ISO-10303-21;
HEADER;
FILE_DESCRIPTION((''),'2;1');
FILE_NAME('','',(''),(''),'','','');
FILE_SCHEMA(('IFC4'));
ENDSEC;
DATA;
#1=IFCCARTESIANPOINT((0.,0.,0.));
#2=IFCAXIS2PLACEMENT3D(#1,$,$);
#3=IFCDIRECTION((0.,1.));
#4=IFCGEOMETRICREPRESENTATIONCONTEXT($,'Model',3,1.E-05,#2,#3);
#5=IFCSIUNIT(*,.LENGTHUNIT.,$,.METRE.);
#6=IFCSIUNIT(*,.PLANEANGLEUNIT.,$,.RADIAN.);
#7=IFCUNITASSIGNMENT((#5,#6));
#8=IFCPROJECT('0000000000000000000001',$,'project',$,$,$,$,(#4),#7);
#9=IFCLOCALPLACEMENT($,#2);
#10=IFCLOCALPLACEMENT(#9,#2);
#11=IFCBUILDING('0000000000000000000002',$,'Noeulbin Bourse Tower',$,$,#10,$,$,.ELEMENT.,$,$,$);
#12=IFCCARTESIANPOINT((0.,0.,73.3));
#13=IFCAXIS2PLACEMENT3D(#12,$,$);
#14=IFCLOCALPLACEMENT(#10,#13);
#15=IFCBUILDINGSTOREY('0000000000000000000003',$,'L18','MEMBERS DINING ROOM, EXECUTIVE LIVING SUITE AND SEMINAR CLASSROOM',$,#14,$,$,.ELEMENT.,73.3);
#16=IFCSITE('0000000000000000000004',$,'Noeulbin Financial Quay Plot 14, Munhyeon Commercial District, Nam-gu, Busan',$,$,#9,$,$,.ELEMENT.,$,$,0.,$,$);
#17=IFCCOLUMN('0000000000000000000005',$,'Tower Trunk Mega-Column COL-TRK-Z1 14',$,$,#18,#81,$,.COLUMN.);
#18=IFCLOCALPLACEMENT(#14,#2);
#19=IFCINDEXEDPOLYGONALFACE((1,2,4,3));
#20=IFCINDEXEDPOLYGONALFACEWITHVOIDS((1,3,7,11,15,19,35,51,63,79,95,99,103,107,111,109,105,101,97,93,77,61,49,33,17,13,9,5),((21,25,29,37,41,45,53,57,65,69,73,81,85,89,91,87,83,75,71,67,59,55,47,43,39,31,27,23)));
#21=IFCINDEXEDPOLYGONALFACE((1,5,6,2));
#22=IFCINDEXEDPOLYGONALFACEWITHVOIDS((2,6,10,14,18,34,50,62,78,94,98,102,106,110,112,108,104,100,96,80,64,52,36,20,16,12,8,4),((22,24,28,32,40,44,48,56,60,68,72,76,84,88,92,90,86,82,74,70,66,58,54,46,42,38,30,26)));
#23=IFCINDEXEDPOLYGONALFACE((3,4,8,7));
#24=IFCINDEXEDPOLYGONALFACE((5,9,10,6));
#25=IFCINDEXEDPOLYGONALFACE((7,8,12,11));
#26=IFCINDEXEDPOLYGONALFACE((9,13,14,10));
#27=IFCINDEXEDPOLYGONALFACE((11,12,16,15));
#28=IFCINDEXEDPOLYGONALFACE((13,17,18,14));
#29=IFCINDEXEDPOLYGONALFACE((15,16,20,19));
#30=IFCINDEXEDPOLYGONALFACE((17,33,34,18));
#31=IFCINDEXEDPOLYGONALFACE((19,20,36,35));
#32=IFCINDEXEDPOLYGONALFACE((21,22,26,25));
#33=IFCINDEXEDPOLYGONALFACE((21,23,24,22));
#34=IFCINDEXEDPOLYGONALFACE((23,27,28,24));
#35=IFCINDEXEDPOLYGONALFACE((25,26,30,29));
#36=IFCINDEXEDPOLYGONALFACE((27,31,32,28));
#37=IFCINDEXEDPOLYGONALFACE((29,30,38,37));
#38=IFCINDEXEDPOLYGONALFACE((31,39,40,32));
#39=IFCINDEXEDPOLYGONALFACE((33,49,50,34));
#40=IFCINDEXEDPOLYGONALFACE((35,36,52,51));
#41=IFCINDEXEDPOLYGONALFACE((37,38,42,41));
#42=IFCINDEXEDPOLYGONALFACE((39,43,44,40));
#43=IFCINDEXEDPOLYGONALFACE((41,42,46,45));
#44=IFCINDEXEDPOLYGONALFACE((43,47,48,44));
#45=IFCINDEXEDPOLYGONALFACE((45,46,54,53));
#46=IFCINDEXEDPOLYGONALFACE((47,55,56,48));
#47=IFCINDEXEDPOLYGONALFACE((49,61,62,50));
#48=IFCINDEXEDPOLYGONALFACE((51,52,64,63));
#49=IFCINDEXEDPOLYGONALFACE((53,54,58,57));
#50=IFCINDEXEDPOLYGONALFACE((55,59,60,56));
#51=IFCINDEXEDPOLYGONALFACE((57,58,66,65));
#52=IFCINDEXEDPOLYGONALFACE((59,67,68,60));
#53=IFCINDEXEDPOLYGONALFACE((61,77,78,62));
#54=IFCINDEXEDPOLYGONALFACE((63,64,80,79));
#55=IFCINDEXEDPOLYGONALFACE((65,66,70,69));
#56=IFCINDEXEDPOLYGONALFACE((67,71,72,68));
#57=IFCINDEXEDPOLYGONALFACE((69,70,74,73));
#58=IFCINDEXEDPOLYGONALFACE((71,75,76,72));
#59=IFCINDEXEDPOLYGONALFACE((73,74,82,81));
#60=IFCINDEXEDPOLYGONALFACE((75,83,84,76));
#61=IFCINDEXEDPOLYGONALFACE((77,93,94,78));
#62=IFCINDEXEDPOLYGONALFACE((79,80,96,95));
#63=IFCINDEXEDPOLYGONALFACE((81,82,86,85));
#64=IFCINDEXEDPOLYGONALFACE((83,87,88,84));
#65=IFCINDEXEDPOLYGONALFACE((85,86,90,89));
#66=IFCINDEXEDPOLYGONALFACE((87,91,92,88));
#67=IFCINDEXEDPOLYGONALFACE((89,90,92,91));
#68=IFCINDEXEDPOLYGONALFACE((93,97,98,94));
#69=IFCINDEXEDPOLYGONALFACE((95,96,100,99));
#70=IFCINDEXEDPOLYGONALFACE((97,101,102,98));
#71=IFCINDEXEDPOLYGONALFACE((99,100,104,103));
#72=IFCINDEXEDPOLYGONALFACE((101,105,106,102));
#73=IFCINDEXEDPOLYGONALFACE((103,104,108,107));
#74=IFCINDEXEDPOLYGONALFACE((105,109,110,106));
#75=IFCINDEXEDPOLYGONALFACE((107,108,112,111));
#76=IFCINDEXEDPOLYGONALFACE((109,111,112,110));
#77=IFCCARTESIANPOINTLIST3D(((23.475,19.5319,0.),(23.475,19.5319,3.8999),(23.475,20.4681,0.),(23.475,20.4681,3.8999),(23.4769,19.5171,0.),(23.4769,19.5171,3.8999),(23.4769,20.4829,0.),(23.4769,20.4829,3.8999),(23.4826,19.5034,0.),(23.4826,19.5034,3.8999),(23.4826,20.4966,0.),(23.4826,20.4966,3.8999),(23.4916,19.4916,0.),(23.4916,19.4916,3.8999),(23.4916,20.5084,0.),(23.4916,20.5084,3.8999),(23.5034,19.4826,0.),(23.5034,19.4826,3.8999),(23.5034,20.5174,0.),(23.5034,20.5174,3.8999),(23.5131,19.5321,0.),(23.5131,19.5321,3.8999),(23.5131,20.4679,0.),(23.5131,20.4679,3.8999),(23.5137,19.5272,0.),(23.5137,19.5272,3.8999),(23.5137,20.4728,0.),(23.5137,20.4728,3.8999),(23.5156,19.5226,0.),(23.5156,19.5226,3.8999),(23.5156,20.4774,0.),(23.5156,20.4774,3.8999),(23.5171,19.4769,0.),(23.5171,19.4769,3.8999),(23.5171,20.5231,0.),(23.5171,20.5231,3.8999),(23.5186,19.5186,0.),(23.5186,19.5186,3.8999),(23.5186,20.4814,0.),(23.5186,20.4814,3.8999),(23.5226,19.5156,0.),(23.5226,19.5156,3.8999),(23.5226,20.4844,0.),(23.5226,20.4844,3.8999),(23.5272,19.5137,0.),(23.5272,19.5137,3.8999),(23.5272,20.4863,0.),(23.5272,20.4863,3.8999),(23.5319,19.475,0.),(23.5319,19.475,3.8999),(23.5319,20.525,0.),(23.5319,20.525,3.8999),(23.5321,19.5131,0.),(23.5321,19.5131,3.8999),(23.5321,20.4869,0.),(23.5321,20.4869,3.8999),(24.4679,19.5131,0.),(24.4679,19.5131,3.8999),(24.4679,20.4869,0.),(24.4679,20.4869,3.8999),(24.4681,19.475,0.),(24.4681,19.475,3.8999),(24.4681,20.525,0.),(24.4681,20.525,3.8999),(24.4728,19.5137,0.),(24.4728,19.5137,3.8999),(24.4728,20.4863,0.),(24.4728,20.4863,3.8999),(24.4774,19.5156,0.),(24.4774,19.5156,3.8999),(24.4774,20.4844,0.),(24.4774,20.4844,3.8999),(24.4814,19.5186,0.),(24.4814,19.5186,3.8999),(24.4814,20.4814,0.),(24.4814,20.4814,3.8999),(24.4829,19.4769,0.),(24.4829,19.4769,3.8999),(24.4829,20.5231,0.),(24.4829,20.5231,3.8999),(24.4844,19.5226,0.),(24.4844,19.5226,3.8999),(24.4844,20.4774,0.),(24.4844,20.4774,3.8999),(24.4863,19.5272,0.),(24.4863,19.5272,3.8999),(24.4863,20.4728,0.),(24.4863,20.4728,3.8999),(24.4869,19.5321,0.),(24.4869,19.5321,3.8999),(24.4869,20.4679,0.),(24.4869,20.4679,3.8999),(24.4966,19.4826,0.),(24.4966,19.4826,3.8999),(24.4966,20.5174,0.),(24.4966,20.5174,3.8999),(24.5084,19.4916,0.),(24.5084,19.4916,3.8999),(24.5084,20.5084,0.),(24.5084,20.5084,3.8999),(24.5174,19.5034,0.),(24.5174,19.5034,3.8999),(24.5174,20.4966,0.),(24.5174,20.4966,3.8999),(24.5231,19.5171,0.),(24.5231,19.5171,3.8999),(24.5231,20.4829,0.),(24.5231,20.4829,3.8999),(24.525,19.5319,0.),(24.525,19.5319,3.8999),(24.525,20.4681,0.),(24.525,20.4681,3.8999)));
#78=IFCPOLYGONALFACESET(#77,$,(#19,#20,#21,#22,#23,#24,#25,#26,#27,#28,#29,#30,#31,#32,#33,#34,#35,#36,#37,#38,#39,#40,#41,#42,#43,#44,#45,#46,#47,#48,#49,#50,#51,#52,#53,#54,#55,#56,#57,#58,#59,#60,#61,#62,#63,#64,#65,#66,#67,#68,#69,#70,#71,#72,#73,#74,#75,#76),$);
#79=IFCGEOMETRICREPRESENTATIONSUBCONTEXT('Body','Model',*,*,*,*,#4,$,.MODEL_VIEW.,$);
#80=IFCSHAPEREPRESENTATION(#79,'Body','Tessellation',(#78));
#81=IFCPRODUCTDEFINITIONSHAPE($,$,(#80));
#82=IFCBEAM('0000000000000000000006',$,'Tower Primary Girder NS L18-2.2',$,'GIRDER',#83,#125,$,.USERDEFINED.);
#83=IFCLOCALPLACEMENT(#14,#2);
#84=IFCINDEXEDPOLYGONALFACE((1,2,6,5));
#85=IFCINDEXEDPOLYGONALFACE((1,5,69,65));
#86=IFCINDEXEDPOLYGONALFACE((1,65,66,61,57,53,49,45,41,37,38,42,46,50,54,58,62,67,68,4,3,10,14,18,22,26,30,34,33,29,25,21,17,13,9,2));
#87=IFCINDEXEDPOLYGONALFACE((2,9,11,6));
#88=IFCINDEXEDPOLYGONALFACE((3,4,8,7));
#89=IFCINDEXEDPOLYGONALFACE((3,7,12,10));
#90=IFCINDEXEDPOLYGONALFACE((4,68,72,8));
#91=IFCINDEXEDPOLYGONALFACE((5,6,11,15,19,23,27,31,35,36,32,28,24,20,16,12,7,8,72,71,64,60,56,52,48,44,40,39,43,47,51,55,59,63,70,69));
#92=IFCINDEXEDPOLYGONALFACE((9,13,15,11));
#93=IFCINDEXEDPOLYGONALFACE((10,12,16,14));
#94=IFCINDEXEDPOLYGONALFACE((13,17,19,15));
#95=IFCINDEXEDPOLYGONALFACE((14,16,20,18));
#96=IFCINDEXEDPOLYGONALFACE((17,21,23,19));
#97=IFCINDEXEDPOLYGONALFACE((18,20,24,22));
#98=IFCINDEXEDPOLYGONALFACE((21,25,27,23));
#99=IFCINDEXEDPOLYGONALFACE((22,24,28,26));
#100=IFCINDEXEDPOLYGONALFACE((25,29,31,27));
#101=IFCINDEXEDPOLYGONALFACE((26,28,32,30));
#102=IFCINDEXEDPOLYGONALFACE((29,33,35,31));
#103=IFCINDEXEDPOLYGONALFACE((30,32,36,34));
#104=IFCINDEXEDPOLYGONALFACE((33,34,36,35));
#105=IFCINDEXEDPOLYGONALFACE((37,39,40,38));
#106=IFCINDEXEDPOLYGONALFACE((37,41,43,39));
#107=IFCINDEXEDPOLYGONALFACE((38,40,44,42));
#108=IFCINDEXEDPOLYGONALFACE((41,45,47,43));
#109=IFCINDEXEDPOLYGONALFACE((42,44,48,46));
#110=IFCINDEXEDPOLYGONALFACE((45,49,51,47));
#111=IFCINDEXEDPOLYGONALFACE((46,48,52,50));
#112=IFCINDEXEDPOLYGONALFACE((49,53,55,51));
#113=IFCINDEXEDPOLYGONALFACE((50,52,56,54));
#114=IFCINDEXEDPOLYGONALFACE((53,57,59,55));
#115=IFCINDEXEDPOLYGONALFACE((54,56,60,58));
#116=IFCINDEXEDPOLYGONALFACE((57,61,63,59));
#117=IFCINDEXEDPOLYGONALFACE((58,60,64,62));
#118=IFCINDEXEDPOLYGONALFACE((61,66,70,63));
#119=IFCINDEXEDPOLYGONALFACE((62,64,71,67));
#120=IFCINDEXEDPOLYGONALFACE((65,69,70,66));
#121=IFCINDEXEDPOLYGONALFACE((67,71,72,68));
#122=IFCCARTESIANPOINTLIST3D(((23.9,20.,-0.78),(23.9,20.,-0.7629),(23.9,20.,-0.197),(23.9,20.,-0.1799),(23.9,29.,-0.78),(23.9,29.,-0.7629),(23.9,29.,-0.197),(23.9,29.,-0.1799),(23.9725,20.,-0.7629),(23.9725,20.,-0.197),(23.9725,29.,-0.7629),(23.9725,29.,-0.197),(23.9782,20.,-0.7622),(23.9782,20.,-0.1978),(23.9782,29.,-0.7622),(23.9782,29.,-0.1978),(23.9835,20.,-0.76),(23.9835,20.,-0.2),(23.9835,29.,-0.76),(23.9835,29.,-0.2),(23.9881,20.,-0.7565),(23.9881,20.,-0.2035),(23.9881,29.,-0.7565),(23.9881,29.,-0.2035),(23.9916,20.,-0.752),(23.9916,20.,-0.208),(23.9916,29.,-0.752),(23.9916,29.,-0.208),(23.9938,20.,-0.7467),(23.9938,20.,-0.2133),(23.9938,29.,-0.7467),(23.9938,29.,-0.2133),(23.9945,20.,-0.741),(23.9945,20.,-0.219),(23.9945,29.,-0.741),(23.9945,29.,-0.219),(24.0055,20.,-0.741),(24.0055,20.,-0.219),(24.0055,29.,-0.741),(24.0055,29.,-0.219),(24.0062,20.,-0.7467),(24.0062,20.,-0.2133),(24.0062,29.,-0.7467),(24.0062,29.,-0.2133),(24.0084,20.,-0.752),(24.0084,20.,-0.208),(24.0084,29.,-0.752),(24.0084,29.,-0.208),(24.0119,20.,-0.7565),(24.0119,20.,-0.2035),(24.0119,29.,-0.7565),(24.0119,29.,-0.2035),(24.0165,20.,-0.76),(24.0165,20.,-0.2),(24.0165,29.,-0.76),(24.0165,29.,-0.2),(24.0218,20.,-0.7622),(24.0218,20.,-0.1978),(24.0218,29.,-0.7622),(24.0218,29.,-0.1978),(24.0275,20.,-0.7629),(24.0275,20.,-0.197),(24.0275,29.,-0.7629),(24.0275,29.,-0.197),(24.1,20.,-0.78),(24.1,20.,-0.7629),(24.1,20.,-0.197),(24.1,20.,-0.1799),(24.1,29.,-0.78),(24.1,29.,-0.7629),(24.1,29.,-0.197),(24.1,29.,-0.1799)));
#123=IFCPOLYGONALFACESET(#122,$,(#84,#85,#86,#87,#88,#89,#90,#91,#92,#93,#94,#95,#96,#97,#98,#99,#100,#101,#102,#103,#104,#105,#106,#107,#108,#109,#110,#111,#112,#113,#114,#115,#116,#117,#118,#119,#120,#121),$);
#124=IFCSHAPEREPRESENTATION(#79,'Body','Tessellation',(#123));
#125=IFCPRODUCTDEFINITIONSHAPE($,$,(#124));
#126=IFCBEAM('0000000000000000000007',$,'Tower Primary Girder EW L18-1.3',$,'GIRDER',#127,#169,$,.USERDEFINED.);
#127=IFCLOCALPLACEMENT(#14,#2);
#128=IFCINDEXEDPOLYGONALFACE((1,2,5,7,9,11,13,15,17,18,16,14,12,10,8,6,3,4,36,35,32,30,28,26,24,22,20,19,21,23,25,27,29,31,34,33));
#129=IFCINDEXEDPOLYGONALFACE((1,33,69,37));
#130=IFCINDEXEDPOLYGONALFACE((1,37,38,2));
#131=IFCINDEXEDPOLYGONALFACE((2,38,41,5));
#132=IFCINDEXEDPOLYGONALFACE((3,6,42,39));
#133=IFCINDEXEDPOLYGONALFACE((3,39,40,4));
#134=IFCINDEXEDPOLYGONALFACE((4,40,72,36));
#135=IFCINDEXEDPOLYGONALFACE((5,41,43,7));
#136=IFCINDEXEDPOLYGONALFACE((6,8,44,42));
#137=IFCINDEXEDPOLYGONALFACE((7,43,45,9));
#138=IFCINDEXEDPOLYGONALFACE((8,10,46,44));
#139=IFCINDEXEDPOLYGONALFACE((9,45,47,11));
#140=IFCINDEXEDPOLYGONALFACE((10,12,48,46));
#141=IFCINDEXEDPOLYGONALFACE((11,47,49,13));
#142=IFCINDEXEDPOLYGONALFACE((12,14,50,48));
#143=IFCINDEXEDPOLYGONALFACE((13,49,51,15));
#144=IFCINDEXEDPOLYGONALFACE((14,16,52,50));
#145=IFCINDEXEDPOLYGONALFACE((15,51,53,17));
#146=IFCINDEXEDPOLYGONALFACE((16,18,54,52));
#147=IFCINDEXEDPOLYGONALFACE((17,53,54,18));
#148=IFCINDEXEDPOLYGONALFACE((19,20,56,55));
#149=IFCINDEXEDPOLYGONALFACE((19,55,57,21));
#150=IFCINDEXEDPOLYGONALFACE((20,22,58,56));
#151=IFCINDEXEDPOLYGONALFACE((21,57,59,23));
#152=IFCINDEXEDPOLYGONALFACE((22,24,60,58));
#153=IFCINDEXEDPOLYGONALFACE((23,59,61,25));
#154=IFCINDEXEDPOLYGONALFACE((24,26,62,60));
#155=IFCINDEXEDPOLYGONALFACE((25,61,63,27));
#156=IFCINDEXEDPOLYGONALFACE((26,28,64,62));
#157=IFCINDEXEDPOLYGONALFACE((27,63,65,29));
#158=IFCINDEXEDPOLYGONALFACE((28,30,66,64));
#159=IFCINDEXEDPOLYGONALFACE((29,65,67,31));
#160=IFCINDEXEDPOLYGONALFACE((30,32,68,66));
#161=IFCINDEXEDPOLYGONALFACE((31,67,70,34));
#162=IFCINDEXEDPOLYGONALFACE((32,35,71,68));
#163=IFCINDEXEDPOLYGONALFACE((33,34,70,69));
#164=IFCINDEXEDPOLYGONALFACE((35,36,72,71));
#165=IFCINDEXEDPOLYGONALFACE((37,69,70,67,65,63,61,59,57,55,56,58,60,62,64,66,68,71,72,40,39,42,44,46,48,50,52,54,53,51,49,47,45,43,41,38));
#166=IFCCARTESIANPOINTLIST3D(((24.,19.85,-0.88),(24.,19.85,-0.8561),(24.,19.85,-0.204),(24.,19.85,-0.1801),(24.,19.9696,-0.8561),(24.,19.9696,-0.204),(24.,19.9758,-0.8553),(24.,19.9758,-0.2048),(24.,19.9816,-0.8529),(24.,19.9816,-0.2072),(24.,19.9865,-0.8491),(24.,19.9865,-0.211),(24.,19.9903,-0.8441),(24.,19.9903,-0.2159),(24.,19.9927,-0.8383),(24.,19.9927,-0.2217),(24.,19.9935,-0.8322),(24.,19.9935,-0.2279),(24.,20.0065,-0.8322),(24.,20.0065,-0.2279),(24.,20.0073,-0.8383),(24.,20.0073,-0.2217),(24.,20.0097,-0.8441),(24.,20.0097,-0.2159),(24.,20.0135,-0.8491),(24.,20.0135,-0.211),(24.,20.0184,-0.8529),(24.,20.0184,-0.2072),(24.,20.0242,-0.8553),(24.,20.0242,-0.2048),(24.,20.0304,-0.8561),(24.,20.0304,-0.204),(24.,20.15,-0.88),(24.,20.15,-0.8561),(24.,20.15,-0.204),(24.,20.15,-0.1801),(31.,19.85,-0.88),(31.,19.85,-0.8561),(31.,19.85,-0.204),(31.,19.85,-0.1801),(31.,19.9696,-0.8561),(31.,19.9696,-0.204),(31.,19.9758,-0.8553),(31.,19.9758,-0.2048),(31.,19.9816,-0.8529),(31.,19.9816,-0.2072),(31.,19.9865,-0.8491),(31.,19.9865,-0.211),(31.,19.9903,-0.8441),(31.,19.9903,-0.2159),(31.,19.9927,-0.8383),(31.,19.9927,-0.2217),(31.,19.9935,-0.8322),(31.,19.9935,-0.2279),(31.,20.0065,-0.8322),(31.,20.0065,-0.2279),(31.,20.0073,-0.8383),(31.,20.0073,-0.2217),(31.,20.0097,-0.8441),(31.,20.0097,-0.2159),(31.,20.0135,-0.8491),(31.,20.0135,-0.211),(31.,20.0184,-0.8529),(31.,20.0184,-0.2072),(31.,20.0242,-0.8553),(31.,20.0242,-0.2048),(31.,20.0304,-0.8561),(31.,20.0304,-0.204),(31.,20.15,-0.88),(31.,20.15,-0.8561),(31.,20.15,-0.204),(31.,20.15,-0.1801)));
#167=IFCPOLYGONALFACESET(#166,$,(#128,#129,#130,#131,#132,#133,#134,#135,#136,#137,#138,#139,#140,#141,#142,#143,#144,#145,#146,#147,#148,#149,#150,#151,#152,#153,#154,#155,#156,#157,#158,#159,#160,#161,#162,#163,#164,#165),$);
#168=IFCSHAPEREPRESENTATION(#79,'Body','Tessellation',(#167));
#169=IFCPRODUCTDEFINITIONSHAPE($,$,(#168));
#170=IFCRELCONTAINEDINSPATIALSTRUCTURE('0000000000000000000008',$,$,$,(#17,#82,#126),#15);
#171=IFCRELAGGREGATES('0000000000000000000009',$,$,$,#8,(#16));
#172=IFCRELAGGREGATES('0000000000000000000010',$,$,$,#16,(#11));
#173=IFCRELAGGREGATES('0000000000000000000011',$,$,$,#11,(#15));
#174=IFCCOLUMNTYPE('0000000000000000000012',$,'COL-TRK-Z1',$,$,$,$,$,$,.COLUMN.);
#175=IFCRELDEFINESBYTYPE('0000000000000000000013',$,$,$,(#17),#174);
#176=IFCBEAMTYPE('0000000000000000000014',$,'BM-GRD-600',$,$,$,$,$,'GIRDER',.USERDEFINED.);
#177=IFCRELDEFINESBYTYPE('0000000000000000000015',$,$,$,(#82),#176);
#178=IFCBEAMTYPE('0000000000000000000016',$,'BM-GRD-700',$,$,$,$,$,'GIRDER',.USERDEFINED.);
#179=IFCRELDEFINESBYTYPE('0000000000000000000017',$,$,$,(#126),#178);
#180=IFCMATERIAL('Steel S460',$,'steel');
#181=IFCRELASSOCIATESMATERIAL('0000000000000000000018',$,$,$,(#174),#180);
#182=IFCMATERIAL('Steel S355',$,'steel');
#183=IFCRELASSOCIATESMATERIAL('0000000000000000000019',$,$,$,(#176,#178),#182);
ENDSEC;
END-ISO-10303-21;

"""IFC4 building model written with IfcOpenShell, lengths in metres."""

from ifc_helpers import new_model, si_unit, direction, frame, origin, origin_2d, place, context, subcontext, project, spatial, hollow_rectangle, i_section, extrude, material, material_profile, profile_set, type_object, element, save


model = new_model("IFC4")

# Units and contexts
model_context = context("Model", 3, precision=1e-05, world=origin(), true_north=direction((0.0, 1.0)))
body_context = subcontext(model_context, "Body", "Model", "MODEL_VIEW")
ifc_project = project(units=[si_unit("LENGTHUNIT", "METRE"), si_unit("PLANEANGLEUNIT", "RADIAN")], contexts=[model_context])

# Site, building, storey
site_placement = place(None, origin())
site = spatial("IfcSite", under=ifc_project, at=site_placement, Name="Noeulbin Financial Quay Plot 14, Munhyeon Commercial District, Nam-gu, Busan", CompositionType="ELEMENT", RefElevation=0.0)
building_placement = place(site_placement, origin())
building = spatial("IfcBuilding", under=site, at=building_placement, Name="Noeulbin Bourse Tower", CompositionType="ELEMENT")
storey_placement = place(building_placement, frame((0.0, 0.0, 73.3)))
storey = spatial("IfcBuildingStorey", under=building, at=storey_placement, Name="L18", Description="MEMBERS DINING ROOM, EXECUTIVE LIVING SUITE AND SEMINAR CLASSROOM", CompositionType="ELEMENT", Elevation=73.3)

# Column
ifc_material_1 = material(Name="Steel S460", Category="steel")
ifc_material_profile_1 = material_profile(ifc_material_1, hollow_rectangle(XDim=1.05, YDim=1.05, WallThickness=0.0381, InnerFilletRadius=0.019, OuterFilletRadius=0.0569, at=origin_2d()), Name="BOX-1050x1050x38", Category="LoadBearing")
ifc_profile_set_1 = profile_set([ifc_material_profile_1], Name="Steel S460")
column_type = type_object("IfcColumnType", Name="COL-TRK-Z1", PredefinedType="COLUMN", material=ifc_profile_set_1)
column_placement = place(storey_placement, frame((24.0, 20.0, 0.0), z_axis=(0.0, 0.0, 1.0), x_axis=(1.0, 0.0, 0.0)))
element("IfcColumn", 1, at=column_placement, inside=storey, type_object=column_type, Name="Tower Trunk Mega-Column COL-TRK-Z1 14", PredefinedType="COLUMN", context=body_context, shape_type="SweptSolid", body=[
    extrude(hollow_rectangle(XDim=1.05, YDim=1.05, WallThickness=0.0381, InnerFilletRadius=0.019, OuterFilletRadius=0.0569, at=origin_2d()), origin(), (0.0, 0.0, 1.0), 3.8999),
])

# Beams
ifc_material_2 = material(Name="Steel S355", Category="steel")
ifc_material_profile_2 = material_profile(ifc_material_2, i_section(OverallWidth=0.2, OverallDepth=0.6001, WebThickness=0.011, FlangeThickness=0.0171, FilletRadius=0.022, at=origin_2d()), Name="H-600x200x11x17", Category="LoadBearing")
ifc_profile_set_2 = profile_set([ifc_material_profile_2], Name="Steel S355")
beam_type_1 = type_object("IfcBeamType", Name="BM-GRD-600", ElementType="GIRDER", PredefinedType="USERDEFINED", material=ifc_profile_set_2)
beam_1_placement = place(storey_placement, frame((24.0, 20.0, -0.48), z_axis=(0.0, 1.0, 0.0), x_axis=(-1.0, 0.0, 0.0)))
element("IfcBeam", 2, at=beam_1_placement, inside=storey, type_object=beam_type_1, Name="Tower Primary Girder NS L18-2.2", ObjectType="GIRDER", PredefinedType="USERDEFINED", context=body_context, shape_type="SweptSolid", body=[
    extrude(i_section(OverallWidth=0.2, OverallDepth=0.6001, WebThickness=0.011, FlangeThickness=0.0171, FilletRadius=0.022, at=origin_2d()), origin(), (0.0, 0.0, 1.0), 9.0),
])
ifc_material_profile_3 = material_profile(ifc_material_2, i_section(OverallWidth=0.3, OverallDepth=0.7, WebThickness=0.0129, FlangeThickness=0.0239, FilletRadius=0.0239, at=origin_2d()), Name="H-700x300x13x24", Category="LoadBearing")
ifc_profile_set_3 = profile_set([ifc_material_profile_3], Name="Steel S355")
beam_type_2 = type_object("IfcBeamType", Name="BM-GRD-700", ElementType="GIRDER", PredefinedType="USERDEFINED", material=ifc_profile_set_3)
beam_2_placement = place(storey_placement, frame((24.0, 20.0, -0.53), z_axis=(1.0, 0.0, 0.0), x_axis=(0.0, 1.0, 0.0)))
element("IfcBeam", 3, at=beam_2_placement, inside=storey, type_object=beam_type_2, Name="Tower Primary Girder EW L18-1.3", ObjectType="GIRDER", PredefinedType="USERDEFINED", context=body_context, shape_type="SweptSolid", body=[
    extrude(i_section(OverallWidth=0.3, OverallDepth=0.7, WebThickness=0.0129, FlangeThickness=0.0239, FilletRadius=0.0239, at=origin_2d()), origin(), (0.0, 0.0, 1.0), 7.0),
])

save(model, "model.ifc")
